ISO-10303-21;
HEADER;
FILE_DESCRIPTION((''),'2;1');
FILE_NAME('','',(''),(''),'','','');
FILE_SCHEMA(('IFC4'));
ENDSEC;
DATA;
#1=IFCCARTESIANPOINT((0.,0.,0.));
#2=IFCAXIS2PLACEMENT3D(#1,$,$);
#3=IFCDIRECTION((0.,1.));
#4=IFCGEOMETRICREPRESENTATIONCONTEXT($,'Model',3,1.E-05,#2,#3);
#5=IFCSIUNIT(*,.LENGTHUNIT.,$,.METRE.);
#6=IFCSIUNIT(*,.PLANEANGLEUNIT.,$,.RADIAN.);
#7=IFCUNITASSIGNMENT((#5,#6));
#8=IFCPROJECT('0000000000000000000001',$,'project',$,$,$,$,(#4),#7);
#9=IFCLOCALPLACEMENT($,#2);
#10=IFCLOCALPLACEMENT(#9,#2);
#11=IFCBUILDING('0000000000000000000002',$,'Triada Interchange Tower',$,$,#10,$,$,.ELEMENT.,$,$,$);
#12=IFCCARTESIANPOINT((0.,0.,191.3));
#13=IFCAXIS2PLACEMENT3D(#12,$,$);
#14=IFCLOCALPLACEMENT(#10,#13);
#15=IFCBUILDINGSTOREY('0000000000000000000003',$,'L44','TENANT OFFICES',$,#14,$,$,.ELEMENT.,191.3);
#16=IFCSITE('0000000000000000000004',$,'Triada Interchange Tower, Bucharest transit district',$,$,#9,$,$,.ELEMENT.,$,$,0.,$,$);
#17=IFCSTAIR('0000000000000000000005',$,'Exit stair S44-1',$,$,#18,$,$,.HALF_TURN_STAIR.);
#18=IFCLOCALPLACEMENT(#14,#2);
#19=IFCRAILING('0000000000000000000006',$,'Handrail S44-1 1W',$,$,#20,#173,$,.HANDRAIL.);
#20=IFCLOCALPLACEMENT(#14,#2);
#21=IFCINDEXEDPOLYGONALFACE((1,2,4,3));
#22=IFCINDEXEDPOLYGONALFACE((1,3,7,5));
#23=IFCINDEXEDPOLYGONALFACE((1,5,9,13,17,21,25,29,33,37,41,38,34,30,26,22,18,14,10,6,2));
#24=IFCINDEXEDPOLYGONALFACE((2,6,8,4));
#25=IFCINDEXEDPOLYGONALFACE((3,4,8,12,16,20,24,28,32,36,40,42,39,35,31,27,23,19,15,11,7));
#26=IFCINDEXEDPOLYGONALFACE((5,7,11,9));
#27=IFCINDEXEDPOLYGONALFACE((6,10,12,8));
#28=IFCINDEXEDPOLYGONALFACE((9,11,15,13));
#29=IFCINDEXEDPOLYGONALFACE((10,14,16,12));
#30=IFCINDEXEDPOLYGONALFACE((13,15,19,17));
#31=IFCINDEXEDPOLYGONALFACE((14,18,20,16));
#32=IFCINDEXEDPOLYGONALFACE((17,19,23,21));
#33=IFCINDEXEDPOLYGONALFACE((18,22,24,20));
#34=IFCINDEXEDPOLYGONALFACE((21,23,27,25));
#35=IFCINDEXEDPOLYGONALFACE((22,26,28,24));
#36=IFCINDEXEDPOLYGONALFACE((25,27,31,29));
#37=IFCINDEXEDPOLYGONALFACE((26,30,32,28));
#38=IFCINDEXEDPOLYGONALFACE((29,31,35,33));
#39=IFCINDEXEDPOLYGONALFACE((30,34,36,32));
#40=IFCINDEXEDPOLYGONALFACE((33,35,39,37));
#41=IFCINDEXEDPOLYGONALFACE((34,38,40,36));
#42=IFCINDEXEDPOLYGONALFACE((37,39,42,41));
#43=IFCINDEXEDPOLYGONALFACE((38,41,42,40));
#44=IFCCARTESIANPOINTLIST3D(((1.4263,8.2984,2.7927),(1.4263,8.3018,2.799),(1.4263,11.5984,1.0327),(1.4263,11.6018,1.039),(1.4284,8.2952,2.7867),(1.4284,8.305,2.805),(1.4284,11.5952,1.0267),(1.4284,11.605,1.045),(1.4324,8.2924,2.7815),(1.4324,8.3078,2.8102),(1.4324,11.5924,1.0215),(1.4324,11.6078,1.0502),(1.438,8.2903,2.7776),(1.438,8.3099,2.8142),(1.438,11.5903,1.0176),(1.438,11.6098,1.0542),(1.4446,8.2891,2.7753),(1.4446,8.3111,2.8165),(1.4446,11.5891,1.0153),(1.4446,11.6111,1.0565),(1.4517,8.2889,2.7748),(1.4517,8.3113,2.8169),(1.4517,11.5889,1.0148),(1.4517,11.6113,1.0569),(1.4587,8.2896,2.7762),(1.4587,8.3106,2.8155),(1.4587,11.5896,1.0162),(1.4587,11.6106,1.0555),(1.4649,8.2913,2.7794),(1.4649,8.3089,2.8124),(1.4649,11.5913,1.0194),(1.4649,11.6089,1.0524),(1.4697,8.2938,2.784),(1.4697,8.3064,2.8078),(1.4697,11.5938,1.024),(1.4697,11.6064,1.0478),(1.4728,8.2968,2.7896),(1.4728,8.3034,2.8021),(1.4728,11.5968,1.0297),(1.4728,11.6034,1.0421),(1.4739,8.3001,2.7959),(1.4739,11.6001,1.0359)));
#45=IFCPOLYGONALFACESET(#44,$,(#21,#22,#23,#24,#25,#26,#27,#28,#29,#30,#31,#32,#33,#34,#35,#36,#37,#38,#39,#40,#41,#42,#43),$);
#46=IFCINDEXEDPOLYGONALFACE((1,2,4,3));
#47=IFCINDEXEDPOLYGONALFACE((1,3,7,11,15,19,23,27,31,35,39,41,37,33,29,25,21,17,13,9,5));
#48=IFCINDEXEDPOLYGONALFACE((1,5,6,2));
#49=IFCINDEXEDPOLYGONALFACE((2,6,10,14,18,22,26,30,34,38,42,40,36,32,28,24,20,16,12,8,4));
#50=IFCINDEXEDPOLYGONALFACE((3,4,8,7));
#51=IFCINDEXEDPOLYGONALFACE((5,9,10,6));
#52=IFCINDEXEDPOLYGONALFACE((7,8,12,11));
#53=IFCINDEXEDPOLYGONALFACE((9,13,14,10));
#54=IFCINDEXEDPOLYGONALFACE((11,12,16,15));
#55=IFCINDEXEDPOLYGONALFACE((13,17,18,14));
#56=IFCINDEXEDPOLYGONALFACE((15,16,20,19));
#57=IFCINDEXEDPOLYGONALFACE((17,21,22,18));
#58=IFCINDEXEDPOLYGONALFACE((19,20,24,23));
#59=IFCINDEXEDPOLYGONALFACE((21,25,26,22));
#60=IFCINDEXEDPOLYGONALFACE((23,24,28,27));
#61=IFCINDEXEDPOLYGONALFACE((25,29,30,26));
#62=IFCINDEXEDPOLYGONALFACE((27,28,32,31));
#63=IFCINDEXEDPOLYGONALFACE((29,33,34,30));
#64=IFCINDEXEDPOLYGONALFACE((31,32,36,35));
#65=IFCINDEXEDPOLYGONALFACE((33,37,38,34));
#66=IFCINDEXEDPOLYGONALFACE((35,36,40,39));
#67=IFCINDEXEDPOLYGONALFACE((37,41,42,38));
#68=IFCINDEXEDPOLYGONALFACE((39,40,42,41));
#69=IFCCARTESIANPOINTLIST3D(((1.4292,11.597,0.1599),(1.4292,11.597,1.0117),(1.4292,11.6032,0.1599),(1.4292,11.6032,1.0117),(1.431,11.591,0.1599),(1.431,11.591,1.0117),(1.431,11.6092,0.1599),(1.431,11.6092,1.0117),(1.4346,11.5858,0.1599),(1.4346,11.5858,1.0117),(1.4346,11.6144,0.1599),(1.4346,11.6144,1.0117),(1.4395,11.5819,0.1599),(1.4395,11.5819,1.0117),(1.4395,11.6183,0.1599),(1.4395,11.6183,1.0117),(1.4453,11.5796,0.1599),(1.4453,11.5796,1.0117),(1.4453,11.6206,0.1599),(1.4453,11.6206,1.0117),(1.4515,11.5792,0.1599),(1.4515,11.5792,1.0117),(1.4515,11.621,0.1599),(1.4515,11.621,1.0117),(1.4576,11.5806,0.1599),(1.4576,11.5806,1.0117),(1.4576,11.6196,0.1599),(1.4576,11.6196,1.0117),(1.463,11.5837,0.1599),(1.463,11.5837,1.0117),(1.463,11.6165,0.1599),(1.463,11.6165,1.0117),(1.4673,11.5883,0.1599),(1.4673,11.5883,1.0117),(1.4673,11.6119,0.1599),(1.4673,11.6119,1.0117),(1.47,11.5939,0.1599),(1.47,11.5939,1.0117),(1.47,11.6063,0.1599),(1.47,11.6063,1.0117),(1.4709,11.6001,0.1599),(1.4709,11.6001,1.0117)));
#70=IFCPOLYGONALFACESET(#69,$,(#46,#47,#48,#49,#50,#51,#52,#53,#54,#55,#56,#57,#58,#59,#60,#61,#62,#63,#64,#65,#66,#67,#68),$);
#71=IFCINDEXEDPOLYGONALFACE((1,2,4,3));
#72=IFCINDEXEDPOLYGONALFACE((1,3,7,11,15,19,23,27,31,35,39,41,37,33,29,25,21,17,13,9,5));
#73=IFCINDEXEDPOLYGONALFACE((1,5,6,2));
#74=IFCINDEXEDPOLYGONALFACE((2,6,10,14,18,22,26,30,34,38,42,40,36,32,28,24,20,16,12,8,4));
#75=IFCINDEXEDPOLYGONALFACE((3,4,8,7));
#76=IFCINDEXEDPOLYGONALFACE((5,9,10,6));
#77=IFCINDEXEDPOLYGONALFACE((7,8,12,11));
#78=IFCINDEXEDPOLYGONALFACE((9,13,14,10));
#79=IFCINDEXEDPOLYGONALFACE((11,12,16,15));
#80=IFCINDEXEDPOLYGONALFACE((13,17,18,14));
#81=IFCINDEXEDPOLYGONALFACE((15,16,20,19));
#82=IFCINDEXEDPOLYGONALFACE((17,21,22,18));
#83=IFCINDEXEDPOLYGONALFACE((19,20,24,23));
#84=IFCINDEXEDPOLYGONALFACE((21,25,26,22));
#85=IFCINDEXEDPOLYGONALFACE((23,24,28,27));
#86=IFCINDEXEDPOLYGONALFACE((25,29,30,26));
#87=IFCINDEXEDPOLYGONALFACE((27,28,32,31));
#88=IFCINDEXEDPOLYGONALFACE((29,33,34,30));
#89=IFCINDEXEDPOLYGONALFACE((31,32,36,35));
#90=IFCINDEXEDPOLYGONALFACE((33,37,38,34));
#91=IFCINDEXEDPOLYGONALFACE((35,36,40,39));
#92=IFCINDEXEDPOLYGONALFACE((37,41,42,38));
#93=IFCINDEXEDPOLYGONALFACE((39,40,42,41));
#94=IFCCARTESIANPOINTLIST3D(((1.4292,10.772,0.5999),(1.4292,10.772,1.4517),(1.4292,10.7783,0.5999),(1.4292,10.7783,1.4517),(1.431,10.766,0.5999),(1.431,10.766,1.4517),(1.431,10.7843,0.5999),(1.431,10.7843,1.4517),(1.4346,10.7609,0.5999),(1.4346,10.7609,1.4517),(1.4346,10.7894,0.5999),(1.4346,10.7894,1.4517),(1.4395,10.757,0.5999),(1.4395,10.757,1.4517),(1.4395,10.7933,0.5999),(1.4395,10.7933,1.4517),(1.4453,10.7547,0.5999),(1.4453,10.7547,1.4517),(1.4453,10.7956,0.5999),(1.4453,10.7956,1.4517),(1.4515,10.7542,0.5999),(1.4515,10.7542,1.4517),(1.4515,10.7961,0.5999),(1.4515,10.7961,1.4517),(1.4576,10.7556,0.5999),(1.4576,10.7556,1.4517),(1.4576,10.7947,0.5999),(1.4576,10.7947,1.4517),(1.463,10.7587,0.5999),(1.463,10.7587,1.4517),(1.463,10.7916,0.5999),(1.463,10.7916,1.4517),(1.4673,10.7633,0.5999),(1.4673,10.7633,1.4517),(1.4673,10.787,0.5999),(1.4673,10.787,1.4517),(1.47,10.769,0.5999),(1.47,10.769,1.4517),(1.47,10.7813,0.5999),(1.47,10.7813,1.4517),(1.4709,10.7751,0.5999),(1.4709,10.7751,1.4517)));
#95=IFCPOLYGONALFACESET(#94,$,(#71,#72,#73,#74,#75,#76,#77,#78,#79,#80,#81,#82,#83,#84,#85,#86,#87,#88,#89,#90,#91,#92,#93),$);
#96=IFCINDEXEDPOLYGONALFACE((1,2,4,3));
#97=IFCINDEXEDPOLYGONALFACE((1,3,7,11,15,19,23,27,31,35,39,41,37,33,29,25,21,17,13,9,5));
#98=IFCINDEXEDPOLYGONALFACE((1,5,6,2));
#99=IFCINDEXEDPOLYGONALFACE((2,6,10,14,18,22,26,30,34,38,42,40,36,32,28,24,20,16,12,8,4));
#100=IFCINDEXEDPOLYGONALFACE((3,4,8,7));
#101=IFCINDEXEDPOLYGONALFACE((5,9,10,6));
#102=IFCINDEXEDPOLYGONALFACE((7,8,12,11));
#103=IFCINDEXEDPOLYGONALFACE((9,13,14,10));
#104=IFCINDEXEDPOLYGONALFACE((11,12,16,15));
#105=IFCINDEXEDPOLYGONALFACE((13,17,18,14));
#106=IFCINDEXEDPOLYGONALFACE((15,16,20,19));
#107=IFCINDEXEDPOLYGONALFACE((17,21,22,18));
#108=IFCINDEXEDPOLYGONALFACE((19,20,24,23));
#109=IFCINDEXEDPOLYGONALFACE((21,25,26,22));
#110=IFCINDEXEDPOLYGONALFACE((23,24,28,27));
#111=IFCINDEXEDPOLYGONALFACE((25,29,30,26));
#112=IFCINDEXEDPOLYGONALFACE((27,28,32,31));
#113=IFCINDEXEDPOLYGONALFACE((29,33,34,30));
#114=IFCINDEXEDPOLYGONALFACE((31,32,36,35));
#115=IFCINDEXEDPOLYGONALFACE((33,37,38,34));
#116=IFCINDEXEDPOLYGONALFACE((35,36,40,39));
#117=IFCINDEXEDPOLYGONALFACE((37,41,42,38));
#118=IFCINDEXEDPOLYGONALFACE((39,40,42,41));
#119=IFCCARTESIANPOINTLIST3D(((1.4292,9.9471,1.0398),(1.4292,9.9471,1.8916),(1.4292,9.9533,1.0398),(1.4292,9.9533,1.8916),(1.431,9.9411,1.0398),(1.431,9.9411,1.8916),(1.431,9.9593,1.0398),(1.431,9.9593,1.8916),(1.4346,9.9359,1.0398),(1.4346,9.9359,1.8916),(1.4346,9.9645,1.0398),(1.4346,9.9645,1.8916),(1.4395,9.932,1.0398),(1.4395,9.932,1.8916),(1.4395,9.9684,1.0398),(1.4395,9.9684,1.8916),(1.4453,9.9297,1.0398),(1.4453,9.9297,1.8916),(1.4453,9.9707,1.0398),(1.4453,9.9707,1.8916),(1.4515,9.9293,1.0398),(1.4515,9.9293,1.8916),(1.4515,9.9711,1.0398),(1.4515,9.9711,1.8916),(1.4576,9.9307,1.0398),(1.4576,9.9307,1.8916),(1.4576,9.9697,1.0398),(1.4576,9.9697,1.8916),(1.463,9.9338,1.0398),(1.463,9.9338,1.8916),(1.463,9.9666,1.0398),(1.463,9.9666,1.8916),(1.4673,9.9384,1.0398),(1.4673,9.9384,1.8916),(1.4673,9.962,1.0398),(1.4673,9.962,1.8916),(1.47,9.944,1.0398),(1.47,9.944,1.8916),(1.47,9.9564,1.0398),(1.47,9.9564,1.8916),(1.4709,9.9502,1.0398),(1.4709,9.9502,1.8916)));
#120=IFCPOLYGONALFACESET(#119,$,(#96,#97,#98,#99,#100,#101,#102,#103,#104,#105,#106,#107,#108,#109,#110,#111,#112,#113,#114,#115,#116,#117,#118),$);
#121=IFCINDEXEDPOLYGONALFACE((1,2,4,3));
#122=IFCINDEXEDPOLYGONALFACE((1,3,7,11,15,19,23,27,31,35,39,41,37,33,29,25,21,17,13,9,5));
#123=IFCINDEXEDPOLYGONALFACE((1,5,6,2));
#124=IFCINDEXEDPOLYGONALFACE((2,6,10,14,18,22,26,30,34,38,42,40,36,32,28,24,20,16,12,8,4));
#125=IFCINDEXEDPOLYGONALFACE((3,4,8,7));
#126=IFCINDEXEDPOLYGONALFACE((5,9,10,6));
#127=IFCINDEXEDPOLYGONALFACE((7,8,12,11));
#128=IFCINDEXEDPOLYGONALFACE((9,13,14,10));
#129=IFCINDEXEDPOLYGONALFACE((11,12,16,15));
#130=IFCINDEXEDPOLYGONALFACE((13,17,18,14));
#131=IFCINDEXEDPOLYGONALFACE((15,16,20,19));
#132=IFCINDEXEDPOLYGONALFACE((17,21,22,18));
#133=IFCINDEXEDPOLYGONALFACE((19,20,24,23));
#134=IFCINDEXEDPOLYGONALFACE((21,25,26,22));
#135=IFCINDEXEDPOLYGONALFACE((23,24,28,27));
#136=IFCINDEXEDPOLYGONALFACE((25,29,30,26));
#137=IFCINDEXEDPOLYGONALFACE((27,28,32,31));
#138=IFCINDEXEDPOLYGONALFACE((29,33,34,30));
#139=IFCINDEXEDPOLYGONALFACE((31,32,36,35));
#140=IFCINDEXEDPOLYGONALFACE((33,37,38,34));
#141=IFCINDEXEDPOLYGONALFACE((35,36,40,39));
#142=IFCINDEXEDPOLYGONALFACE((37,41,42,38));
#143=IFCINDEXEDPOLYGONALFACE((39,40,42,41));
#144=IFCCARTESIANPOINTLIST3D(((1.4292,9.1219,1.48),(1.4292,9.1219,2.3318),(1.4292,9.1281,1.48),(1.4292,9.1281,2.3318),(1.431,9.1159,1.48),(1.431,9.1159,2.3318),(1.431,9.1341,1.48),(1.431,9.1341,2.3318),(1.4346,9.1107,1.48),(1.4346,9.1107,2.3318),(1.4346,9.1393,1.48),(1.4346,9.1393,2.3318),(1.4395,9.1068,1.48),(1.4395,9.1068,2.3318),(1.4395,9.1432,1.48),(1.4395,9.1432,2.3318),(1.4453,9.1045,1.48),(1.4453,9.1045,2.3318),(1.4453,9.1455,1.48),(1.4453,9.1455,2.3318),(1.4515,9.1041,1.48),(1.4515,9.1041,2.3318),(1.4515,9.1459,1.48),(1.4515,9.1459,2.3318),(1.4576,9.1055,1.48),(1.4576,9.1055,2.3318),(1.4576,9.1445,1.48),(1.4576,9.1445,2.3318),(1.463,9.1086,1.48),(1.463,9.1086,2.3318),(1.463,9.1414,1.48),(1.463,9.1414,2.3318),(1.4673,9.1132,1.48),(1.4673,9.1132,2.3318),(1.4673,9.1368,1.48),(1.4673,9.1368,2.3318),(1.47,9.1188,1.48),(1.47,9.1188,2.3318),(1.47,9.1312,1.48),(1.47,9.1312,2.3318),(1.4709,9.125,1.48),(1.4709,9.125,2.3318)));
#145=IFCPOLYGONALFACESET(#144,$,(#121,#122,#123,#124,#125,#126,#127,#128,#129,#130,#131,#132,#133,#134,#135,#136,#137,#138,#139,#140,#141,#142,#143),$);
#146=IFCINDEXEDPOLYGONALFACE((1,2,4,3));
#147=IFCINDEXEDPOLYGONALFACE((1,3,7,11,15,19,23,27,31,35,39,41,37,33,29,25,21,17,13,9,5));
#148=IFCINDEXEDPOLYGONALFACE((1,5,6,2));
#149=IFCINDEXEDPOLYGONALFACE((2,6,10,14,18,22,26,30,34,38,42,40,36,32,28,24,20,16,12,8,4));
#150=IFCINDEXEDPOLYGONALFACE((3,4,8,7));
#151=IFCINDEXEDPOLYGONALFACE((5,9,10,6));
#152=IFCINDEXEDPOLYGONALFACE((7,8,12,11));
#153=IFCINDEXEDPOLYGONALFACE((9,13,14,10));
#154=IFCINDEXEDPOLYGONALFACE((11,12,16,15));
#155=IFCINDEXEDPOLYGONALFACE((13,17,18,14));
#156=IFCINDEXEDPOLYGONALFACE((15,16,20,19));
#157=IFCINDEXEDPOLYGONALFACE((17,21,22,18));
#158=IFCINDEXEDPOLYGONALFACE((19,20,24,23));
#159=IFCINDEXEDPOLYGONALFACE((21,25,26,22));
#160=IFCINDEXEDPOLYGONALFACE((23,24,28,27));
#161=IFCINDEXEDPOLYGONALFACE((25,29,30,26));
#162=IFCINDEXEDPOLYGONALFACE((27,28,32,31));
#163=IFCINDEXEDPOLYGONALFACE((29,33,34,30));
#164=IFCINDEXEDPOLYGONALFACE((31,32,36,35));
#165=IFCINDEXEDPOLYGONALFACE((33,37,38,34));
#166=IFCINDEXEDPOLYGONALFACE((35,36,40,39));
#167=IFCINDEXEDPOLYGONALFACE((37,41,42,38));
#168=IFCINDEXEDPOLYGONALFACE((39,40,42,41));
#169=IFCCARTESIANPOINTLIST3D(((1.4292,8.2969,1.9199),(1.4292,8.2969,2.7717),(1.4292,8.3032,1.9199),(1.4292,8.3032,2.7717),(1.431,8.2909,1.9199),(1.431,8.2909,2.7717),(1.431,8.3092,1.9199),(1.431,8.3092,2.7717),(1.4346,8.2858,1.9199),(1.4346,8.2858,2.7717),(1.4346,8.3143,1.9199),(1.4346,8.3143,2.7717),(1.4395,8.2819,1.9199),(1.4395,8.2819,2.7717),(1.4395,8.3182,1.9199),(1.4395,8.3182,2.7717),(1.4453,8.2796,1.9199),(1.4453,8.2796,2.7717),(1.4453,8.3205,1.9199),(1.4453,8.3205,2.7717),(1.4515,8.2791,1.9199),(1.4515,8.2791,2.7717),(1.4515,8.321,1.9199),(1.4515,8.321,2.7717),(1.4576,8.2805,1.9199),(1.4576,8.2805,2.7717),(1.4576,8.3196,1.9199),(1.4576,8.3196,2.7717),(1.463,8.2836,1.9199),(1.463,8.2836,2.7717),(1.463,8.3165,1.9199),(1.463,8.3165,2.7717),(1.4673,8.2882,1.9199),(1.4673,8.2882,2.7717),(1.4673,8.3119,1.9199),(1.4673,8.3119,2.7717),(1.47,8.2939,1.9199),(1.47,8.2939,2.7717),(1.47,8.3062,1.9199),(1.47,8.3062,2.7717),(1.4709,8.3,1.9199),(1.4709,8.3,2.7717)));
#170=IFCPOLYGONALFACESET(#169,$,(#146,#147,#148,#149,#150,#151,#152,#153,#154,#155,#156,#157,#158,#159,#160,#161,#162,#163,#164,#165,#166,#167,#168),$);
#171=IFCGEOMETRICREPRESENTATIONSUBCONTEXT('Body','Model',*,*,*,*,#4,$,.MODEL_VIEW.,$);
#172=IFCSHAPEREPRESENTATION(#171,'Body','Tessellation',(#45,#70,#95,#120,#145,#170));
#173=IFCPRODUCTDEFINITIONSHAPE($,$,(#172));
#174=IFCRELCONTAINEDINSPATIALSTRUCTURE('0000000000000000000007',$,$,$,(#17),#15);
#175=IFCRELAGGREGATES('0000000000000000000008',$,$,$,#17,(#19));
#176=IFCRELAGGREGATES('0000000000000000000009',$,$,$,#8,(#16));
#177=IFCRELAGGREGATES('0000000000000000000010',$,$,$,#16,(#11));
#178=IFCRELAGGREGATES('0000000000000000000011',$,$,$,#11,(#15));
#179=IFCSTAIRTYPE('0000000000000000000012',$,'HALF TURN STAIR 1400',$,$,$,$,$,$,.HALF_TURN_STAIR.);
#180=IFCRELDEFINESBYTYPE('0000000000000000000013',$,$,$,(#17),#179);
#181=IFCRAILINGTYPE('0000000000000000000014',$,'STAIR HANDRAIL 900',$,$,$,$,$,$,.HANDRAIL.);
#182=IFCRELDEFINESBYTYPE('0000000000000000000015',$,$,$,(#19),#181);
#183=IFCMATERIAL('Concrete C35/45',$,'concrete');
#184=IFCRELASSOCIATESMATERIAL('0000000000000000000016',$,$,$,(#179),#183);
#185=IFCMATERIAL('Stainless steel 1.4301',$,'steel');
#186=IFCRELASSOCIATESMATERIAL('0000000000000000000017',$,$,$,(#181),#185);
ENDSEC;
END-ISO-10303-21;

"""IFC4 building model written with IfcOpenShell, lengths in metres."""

from ifc_helpers import new_model, si_unit, direction, frame, origin, origin_2d, place, context, subcontext, project, spatial, circle, extrude, material, type_object, element, aggregate, save


model = new_model("IFC4")

# Units and contexts
model_context = context("Model", 3, precision=1e-05, world=origin(), true_north=direction((0.0, 1.0)))
body_context = subcontext(model_context, "Body", "Model", "MODEL_VIEW")
ifc_project = project(units=[si_unit("LENGTHUNIT", "METRE"), si_unit("PLANEANGLEUNIT", "RADIAN")], contexts=[model_context])

# Site, building, storey
site_placement = place(None, origin())
site = spatial("IfcSite", under=ifc_project, at=site_placement, Name="Triada Interchange Tower, Bucharest transit district", CompositionType="ELEMENT", RefElevation=0.0)
building_placement = place(site_placement, origin())
building = spatial("IfcBuilding", under=site, at=building_placement, Name="Triada Interchange Tower", CompositionType="ELEMENT")
storey_placement = place(building_placement, frame((0.0, 0.0, 191.3)))
storey = spatial("IfcBuildingStorey", under=building, at=storey_placement, Name="L44", Description="TENANT OFFICES", CompositionType="ELEMENT", Elevation=191.3)

# Stair
ifc_material_1 = material(Name="Concrete C35/45", Category="concrete")
stair_type = type_object("IfcStairType", Name="HALF TURN STAIR 1400", PredefinedType="HALF_TURN_STAIR", material=ifc_material_1)
stair_placement = place(storey_placement, origin())
stair = element("IfcStair", 1, at=stair_placement, inside=storey, type_object=stair_type, Name="Exit stair S44-1", PredefinedType="HALF_TURN_STAIR")

# Railing
ifc_material_2 = material(Name="Stainless steel 1.4301", Category="steel")
railing_type = type_object("IfcRailingType", Name="STAIR HANDRAIL 900", PredefinedType="HANDRAIL", material=ifc_material_2)
railing_1_placement = place(storey_placement, frame((1.45, 11.6001, 0.1599)))
railing_1 = element("IfcRailing", 2, at=railing_1_placement, type_object=railing_type, Name="Handrail S44-1 1W", PredefinedType="HANDRAIL", context=body_context, shape_type="SweptSolid", body=[
    extrude(circle(Radius=0.0239, at=origin_2d()), frame((0.0, 0.0, 0.876), z_axis=(0.0, -0.882355, 0.470585), x_axis=(1.0, 0.0, 0.0)), (0.0, 0.0, 1.0), 3.74),
    extrude(circle(Radius=0.021, at=origin_2d()), origin(), (0.0, 0.0, 1.0), 0.8518),
    extrude(circle(Radius=0.021, at=origin_2d()), frame((0.0, -0.825, 0.4399)), (0.0, 0.0, 1.0), 0.8518),
    extrude(circle(Radius=0.021, at=origin_2d()), frame((0.0, -1.6499, 0.8799)), (0.0, 0.0, 1.0), 0.8518),
    extrude(circle(Radius=0.021, at=origin_2d()), frame((0.0, -2.4751, 1.3201)), (0.0, 0.0, 1.0), 0.8518),
    extrude(circle(Radius=0.021, at=origin_2d()), frame((0.0, -3.3, 1.76)), (0.0, 0.0, 1.0), 0.8518),
])
aggregate(stair, [railing_1])

save(model, "model.ifc")
